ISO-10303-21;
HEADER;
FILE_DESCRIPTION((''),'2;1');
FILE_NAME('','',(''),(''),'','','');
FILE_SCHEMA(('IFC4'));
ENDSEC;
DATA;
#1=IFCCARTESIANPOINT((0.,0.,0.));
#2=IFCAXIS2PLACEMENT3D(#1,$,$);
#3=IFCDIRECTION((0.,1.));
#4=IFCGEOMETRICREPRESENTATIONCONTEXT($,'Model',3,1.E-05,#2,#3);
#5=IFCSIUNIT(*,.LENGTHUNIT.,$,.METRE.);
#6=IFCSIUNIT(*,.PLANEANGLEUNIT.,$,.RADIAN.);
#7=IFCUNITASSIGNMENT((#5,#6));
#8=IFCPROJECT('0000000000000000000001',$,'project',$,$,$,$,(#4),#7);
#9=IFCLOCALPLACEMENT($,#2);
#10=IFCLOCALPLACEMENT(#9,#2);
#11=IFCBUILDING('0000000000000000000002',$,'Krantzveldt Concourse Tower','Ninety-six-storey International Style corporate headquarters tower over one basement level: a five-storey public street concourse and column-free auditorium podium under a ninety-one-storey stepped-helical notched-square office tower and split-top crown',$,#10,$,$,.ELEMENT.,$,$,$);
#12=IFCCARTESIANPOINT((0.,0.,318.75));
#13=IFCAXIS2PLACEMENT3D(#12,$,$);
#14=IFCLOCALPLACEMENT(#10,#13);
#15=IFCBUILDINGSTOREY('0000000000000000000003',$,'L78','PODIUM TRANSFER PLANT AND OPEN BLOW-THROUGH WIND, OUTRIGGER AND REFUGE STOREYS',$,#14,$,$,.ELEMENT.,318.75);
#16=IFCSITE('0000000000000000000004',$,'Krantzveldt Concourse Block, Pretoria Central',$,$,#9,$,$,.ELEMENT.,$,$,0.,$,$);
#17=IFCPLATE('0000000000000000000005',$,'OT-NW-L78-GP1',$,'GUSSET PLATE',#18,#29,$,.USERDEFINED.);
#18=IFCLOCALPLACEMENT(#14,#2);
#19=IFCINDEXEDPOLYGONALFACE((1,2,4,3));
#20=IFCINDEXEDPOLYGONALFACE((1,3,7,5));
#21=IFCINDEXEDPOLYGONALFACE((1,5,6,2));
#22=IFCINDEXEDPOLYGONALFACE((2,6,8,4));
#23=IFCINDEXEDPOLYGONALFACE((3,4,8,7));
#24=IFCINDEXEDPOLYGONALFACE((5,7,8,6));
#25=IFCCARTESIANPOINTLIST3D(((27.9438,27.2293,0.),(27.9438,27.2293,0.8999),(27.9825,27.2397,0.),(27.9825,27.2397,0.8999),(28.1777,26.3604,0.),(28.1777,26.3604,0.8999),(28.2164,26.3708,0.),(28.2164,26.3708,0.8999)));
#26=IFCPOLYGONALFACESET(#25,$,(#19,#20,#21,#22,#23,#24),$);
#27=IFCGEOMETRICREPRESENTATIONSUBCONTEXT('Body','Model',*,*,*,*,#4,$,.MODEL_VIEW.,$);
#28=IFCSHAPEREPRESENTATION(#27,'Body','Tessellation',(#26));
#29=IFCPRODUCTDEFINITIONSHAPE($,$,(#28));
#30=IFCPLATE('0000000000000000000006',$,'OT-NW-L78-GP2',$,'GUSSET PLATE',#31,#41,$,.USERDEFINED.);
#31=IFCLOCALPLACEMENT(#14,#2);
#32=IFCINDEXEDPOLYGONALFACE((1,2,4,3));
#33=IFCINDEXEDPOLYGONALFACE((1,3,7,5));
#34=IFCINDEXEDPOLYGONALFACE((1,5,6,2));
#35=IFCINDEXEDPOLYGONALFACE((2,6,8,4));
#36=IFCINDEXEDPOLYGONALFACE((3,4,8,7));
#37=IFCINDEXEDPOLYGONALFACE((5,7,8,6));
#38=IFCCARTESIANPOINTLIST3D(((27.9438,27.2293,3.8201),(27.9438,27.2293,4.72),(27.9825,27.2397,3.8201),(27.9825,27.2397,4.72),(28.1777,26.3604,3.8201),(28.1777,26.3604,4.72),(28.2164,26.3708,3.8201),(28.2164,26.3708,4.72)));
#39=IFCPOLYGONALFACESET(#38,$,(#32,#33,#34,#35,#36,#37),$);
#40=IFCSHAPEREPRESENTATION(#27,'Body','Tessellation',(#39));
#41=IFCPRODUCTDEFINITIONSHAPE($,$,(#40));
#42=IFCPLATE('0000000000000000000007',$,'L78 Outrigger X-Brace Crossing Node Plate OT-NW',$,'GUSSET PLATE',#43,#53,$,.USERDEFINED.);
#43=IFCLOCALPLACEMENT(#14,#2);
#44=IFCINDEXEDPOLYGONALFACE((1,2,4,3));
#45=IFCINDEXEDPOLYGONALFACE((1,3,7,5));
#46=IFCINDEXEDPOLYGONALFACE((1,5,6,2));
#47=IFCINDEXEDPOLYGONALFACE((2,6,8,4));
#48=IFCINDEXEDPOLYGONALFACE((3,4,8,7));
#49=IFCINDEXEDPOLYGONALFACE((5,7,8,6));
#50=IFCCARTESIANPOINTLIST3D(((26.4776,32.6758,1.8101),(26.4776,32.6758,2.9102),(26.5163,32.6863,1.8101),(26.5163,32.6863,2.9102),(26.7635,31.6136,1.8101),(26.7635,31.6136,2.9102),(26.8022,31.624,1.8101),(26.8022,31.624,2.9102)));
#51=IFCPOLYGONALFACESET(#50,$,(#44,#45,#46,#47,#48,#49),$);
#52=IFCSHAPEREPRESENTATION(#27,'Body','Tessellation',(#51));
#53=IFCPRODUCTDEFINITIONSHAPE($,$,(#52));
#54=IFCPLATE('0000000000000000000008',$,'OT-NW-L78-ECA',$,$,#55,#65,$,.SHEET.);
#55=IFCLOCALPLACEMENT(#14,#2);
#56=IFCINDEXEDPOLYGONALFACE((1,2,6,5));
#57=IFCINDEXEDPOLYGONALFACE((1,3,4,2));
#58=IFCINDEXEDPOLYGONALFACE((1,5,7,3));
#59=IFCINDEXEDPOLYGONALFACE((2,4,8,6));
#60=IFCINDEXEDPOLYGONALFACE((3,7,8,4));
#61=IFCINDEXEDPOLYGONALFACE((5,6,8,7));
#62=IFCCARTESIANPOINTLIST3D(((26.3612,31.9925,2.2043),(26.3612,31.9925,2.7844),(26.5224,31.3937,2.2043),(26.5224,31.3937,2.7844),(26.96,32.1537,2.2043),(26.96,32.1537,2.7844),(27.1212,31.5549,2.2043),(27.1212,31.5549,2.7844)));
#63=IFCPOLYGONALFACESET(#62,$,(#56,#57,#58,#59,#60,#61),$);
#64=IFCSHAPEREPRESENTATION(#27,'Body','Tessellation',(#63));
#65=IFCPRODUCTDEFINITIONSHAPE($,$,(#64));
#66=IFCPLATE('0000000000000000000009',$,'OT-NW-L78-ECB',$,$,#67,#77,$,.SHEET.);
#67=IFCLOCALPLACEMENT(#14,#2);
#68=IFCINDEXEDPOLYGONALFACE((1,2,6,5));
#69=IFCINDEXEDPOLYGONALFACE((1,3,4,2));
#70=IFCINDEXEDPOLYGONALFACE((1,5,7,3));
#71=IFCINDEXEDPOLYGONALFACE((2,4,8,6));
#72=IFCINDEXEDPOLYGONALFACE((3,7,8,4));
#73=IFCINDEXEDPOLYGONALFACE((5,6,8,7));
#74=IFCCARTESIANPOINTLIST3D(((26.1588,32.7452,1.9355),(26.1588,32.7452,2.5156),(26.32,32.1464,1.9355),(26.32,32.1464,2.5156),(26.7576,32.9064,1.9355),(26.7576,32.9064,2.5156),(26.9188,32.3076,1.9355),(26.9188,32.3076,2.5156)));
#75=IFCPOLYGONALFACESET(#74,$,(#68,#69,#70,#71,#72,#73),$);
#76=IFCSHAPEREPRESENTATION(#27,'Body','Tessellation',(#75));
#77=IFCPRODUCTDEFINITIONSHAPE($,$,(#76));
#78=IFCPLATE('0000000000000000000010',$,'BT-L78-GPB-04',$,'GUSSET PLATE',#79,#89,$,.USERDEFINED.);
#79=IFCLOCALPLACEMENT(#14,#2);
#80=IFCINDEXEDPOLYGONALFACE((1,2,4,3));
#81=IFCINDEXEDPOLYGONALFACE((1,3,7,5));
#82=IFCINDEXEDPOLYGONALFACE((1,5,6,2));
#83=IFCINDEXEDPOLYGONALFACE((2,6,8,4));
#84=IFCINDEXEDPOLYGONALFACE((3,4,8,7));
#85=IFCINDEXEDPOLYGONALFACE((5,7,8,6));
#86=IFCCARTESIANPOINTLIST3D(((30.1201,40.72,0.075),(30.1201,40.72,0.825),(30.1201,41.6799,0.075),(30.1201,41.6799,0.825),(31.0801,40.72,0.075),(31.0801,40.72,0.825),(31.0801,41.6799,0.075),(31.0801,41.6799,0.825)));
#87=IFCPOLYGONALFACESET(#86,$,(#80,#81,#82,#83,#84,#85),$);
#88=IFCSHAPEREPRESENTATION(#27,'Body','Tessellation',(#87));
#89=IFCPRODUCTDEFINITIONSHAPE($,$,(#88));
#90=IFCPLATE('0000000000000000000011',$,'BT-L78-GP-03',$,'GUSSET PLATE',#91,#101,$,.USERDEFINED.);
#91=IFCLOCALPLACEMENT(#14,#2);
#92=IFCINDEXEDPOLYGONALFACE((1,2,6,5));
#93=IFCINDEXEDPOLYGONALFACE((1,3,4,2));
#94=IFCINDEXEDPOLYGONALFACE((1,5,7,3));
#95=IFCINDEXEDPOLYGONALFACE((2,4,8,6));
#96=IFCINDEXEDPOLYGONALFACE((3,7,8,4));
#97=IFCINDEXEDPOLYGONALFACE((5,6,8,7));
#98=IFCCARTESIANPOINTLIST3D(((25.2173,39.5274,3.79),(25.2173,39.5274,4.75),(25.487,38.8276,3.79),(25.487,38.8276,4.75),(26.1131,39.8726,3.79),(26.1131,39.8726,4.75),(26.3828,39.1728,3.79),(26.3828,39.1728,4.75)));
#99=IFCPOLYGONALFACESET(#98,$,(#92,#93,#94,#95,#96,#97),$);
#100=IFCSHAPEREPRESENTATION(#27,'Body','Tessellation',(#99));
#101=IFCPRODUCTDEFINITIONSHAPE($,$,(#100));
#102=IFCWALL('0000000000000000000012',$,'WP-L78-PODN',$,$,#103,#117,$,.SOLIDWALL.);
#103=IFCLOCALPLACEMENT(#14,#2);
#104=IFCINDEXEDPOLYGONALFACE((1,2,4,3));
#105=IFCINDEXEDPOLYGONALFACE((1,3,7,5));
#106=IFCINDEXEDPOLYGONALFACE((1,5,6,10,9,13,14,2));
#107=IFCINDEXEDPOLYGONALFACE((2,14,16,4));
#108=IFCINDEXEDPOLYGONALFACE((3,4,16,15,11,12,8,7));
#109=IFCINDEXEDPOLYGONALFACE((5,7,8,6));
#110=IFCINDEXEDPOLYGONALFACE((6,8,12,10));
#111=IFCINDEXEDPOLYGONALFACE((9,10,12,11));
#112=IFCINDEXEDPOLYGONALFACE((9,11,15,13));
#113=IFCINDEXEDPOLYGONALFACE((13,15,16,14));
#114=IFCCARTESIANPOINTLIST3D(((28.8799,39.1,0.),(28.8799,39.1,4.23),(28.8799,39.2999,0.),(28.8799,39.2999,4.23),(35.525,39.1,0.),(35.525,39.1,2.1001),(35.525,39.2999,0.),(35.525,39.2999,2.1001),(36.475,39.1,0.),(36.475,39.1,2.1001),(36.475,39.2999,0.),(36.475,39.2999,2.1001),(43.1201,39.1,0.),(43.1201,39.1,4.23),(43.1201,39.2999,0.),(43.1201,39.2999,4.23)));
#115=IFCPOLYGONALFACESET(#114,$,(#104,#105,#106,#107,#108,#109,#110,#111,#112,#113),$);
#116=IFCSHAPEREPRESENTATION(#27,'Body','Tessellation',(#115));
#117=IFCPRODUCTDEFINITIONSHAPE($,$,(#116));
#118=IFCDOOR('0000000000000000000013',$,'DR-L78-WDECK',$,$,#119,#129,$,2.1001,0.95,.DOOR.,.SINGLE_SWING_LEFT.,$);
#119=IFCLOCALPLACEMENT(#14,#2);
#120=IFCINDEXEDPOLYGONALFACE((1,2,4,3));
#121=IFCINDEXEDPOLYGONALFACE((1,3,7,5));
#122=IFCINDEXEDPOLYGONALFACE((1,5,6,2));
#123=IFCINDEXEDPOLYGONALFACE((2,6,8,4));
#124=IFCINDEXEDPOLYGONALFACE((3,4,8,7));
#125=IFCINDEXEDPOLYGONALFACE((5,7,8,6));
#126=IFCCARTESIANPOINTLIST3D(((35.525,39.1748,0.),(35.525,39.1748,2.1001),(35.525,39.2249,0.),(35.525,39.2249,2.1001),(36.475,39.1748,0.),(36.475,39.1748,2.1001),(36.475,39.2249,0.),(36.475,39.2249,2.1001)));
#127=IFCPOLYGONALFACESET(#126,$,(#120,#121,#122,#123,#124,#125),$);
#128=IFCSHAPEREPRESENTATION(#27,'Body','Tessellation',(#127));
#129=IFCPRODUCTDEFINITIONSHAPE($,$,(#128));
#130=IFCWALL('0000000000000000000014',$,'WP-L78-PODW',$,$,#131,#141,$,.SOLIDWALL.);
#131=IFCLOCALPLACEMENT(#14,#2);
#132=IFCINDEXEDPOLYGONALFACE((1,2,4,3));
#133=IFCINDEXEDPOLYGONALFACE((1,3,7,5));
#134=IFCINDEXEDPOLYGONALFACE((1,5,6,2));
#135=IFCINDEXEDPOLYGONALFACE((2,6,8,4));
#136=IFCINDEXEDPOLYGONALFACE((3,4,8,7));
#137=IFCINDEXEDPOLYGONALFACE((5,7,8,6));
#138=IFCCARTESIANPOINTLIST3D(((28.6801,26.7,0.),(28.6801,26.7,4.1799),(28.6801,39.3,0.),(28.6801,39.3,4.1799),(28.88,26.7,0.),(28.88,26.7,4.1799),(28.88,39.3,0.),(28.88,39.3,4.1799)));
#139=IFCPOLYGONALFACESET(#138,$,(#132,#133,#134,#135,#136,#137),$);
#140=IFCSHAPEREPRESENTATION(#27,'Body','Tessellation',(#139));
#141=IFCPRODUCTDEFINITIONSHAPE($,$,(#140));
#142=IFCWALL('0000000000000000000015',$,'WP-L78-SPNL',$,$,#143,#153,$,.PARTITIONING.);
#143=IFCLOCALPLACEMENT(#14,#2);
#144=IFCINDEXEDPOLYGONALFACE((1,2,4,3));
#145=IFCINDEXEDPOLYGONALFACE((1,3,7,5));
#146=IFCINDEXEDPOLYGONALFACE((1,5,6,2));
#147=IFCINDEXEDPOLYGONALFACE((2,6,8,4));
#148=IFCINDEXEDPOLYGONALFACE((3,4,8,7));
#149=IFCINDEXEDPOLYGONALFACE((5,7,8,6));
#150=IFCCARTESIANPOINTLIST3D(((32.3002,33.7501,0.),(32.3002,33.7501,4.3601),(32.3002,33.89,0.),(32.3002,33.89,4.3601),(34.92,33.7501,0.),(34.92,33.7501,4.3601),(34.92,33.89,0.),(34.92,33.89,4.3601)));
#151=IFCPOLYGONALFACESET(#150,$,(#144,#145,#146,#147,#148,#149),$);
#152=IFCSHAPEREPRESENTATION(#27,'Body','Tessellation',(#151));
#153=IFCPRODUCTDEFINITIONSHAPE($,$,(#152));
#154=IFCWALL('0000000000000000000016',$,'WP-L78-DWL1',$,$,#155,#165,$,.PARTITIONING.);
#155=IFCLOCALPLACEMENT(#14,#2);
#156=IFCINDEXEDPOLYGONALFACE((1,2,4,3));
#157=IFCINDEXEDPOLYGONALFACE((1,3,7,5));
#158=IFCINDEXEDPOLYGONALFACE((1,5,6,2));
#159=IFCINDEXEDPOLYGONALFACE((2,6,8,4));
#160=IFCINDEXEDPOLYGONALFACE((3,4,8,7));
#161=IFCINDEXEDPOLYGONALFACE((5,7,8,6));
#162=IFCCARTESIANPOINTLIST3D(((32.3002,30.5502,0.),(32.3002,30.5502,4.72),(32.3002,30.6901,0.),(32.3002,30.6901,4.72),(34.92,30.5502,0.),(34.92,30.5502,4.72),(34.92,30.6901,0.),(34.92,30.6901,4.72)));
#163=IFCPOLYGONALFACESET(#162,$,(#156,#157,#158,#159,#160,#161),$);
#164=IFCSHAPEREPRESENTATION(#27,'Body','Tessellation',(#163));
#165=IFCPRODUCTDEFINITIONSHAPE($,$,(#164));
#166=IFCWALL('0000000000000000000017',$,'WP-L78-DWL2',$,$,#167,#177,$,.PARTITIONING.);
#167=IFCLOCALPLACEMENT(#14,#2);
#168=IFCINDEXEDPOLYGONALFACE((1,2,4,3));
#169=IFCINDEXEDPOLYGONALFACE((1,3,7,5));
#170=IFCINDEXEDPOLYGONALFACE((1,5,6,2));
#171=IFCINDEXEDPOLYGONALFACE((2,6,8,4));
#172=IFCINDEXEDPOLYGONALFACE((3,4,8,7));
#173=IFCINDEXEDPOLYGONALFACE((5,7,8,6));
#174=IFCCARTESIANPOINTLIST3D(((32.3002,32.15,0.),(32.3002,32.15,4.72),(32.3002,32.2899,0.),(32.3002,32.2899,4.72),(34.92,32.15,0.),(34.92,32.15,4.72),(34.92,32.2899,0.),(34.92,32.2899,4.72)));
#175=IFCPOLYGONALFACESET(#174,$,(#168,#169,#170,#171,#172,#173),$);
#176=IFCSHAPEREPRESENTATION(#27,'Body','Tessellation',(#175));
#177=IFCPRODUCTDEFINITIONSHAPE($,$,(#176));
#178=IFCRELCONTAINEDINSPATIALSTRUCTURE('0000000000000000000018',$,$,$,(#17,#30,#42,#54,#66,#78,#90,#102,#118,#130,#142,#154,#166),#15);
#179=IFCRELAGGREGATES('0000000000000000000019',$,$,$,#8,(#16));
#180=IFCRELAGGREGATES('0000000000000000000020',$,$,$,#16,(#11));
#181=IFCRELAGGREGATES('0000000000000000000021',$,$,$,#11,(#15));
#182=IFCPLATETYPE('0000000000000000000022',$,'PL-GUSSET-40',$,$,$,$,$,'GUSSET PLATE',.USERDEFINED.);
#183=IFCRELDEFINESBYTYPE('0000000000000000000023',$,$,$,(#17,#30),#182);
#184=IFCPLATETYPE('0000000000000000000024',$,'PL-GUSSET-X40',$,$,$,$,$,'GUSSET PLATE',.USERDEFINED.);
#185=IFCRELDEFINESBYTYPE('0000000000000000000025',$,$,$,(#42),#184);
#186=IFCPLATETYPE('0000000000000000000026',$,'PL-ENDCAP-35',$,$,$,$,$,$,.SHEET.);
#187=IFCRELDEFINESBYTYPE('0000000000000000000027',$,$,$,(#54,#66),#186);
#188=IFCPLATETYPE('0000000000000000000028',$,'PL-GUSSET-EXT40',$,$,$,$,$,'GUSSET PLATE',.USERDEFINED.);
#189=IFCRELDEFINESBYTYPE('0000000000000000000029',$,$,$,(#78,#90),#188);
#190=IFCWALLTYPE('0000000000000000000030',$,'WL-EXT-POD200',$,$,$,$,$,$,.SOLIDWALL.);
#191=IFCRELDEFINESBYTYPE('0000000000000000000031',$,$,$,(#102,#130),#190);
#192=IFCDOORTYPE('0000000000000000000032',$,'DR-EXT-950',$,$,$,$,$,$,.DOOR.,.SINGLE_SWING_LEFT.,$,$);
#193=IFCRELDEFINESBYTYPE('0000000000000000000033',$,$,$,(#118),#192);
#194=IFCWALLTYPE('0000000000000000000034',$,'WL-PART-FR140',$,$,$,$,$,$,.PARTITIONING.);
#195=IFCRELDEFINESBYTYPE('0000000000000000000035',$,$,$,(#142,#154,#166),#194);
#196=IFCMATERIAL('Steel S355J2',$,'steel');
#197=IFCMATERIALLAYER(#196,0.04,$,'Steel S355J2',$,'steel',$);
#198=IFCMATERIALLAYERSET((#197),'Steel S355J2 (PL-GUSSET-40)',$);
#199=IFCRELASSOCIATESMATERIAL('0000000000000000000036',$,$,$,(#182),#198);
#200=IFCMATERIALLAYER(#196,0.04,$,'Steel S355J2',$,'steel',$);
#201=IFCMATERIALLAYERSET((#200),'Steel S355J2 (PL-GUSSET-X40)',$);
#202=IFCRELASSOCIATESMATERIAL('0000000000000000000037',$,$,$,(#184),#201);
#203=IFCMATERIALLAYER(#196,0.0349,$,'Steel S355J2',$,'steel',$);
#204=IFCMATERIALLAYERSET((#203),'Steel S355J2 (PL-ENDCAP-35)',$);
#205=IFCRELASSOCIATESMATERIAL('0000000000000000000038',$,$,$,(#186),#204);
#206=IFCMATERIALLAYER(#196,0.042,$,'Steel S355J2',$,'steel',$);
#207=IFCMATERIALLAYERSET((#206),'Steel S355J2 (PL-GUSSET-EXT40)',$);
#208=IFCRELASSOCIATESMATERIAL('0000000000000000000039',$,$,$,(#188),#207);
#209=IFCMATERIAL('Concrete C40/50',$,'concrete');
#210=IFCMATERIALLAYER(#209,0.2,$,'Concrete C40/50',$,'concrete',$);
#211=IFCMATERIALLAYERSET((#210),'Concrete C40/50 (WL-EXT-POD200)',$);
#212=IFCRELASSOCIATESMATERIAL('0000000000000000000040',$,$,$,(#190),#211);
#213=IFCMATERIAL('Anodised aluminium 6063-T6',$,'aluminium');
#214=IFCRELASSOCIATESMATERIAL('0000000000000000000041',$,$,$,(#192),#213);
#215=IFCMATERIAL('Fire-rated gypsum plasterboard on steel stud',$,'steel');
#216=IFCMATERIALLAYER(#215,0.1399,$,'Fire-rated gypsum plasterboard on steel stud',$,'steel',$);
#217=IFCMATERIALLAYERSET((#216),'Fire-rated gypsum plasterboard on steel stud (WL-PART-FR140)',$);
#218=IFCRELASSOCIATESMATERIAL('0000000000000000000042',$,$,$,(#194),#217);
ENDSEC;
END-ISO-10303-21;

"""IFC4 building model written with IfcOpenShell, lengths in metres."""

from ifc_helpers import new_model, si_unit, direction, frame, frame_2d, origin, origin_2d, place, context, subcontext, project, spatial, rectangle, extrude, source, transform, mapped, material, layer, layer_set, type_object, type_shapes, element, fill, save


model = new_model("IFC4")

# Units and contexts
model_context = context("Model", 3, precision=1e-05, world=origin(), true_north=direction((0.0, 1.0)))
body_context = subcontext(model_context, "Body", "Model", "MODEL_VIEW")
ifc_project = project(units=[si_unit("LENGTHUNIT", "METRE"), si_unit("PLANEANGLEUNIT", "RADIAN")], contexts=[model_context])

# Site, building, storey
site_placement = place(None, origin())
site = spatial("IfcSite", under=ifc_project, at=site_placement, Name="Krantzveldt Concourse Block, Pretoria Central", CompositionType="ELEMENT", RefElevation=0.0)
building_placement = place(site_placement, origin())
building = spatial("IfcBuilding", under=site, at=building_placement, Name="Krantzveldt Concourse Tower", Description="Ninety-six-storey International Style corporate headquarters tower over one basement level: a five-storey public street concourse and column-free auditorium podium under a ninety-one-storey stepped-helical notched-square office tower and split-top crown", CompositionType="ELEMENT")
storey_placement = place(building_placement, frame((0.0, 0.0, 318.75)))
storey = spatial("IfcBuildingStorey", under=building, at=storey_placement, Name="L78", Description="PODIUM TRANSFER PLANT AND OPEN BLOW-THROUGH WIND, OUTRIGGER AND REFUGE STOREYS", CompositionType="ELEMENT", Elevation=318.75)

# Shared definitions
ifc_material_1 = material(Name="Steel S355J2", Category="steel")

# Plates
ifc_layer_1 = layer(ifc_material_1, 0.04, Name="Steel S355J2", Category="steel")
ifc_layer_set_1 = layer_set([ifc_layer_1], Name="Steel S355J2 (PL-GUSSET-40)")
plate_type_1 = type_object("IfcPlateType", Name="PL-GUSSET-40", ElementType="GUSSET PLATE", PredefinedType="USERDEFINED", material=ifc_layer_set_1)
shared_shape_1 = source(origin(), body_context, "Body", "SweptSolid", [
    extrude(rectangle(XDim=0.8999, YDim=0.04, at=origin_2d()), origin(), (0.0, 0.0, 1.0), 0.8999),
])
type_shapes(plate_type_1, [shared_shape_1])
for number, where, z_axis, x_axis, name in (
    (1, (28.0801, 26.8, 0.0), (0.0, 0.0, 1.0), (-0.259915, 0.965632, 0.0), "OT-NW-L78-GP1"),
    (2, (28.0801, 26.8, 3.8201), (0.0, 0.0, 1.0), (-0.259915, 0.965632, 0.0), "OT-NW-L78-GP2"),
):
    element("IfcPlate", number, at=place(storey_placement, frame(where, z_axis=z_axis, x_axis=x_axis)), inside=storey, type_object=plate_type_1, Name=name, ObjectType="GUSSET PLATE", PredefinedType="USERDEFINED", context=body_context, shape_type="MappedRepresentation", body=[
        mapped(shared_shape_1, transform((0.0, 0.0, 0.0), x_axis=(1.0, 0.0, 0.0), y_axis=(0.0, 1.0, 0.0), z_axis=(0.0, 0.0, 1.0), scale=1.0)),
    ])
ifc_layer_2 = layer(ifc_material_1, 0.04, Name="Steel S355J2", Category="steel")
ifc_layer_set_2 = layer_set([ifc_layer_2], Name="Steel S355J2 (PL-GUSSET-X40)")
plate_type_2 = type_object("IfcPlateType", Name="PL-GUSSET-X40", ElementType="GUSSET PLATE", PredefinedType="USERDEFINED", material=ifc_layer_set_2)
shared_shape_2 = source(origin(), body_context, "Body", "SweptSolid", [
    extrude(rectangle(XDim=1.1001, YDim=0.04, at=origin_2d()), origin(), (0.0, 0.0, 1.0), 1.1001),
])
type_shapes(plate_type_2, [shared_shape_2])
plate_1_placement = place(storey_placement, frame((26.6399, 32.1499, 1.8101), z_axis=(0.0, 0.0, 1.0), x_axis=(-0.259915, 0.965632, 0.0)))
element("IfcPlate", 3, at=plate_1_placement, inside=storey, type_object=plate_type_2, Name="L78 Outrigger X-Brace Crossing Node Plate OT-NW", ObjectType="GUSSET PLATE", PredefinedType="USERDEFINED", context=body_context, shape_type="MappedRepresentation", body=[
    mapped(shared_shape_2, transform((0.0, 0.0, 0.0), x_axis=(1.0, 0.0, 0.0), y_axis=(0.0, 1.0, 0.0), z_axis=(0.0, 0.0, 1.0), scale=1.0)),
])
ifc_layer_3 = layer(ifc_material_1, 0.0349, Name="Steel S355J2", Category="steel")
ifc_layer_set_3 = layer_set([ifc_layer_3], Name="Steel S355J2 (PL-ENDCAP-35)")
plate_type_3 = type_object("IfcPlateType", Name="PL-ENDCAP-35", PredefinedType="SHEET", material=ifc_layer_set_3)
shared_shape_3 = source(origin(), body_context, "Body", "SweptSolid", [
    extrude(rectangle(XDim=0.6201, YDim=0.6201, at=origin_2d()), origin(), (0.0, 0.0, 1.0), 0.5801),
])
type_shapes(plate_type_3, [shared_shape_3])
for number, where, z_axis, x_axis, name in (
    (4, (26.7412, 31.7737, 2.2043), (0.0, 0.0, 1.0), (-0.259915, 0.965632, 0.0), "OT-NW-L78-ECA"),
    (5, (26.5388, 32.5264, 1.9355), (0.0, 0.0, 1.0), (-0.259915, 0.965632, 0.0), "OT-NW-L78-ECB"),
):
    element("IfcPlate", number, at=place(storey_placement, frame(where, z_axis=z_axis, x_axis=x_axis)), inside=storey, type_object=plate_type_3, Name=name, PredefinedType="SHEET", context=body_context, shape_type="MappedRepresentation", body=[
        mapped(shared_shape_3, transform((0.0, 0.0, 0.0), x_axis=(1.0, 0.0, 0.0), y_axis=(0.0, 1.0, 0.0), z_axis=(0.0, 0.0, 1.0), scale=1.0)),
    ])
ifc_layer_4 = layer(ifc_material_1, 0.042, Name="Steel S355J2", Category="steel")
ifc_layer_set_4 = layer_set([ifc_layer_4], Name="Steel S355J2 (PL-GUSSET-EXT40)")
plate_type_4 = type_object("IfcPlateType", Name="PL-GUSSET-EXT40", ElementType="GUSSET PLATE", PredefinedType="USERDEFINED", material=ifc_layer_set_4)
shared_shape_4 = source(origin(), body_context, "Body", "SweptSolid", [
    extrude(rectangle(XDim=0.96, YDim=0.96, at=origin_2d()), origin(), (0.0, 0.0, 1.0), 0.75),
])
plate_2_placement = place(storey_placement, frame((30.6001, 41.2, 0.075), z_axis=(0.0, 0.0, 1.0), x_axis=(1.0, 0.0, 0.0)))
element("IfcPlate", 6, at=plate_2_placement, inside=storey, type_object=plate_type_4, Name="BT-L78-GPB-04", ObjectType="GUSSET PLATE", PredefinedType="USERDEFINED", context=body_context, shape_type="MappedRepresentation", body=[
    mapped(shared_shape_4, transform((0.0, 0.0, 0.0), x_axis=(1.0, 0.0, 0.0), y_axis=(0.0, 1.0, 0.0), z_axis=(0.0, 0.0, 1.0), scale=1.0)),
])
shared_shape_5 = source(origin(), body_context, "Body", "SweptSolid", [
    extrude(rectangle(XDim=0.96, YDim=0.75, at=origin_2d()), origin(), (0.0, 0.0, 1.0), 0.96),
])
type_shapes(plate_type_4, [shared_shape_4, shared_shape_5])
plate_3_placement = place(storey_placement, frame((25.8, 39.3501, 3.79), z_axis=(0.0, 0.0, 1.0), x_axis=(0.933098, 0.359622, 0.0)))
element("IfcPlate", 7, at=plate_3_placement, inside=storey, type_object=plate_type_4, Name="BT-L78-GP-03", ObjectType="GUSSET PLATE", PredefinedType="USERDEFINED", context=body_context, shape_type="MappedRepresentation", body=[
    mapped(shared_shape_5, transform((0.0, 0.0, 0.0), x_axis=(1.0, 0.0, 0.0), y_axis=(0.0, 1.0, 0.0), z_axis=(0.0, 0.0, 1.0), scale=1.0)),
])

# Wall, opening, door
ifc_material_2 = material(Name="Concrete C40/50", Category="concrete")
ifc_layer_5 = layer(ifc_material_2, 0.2, Name="Concrete C40/50", Category="concrete")
ifc_layer_set_5 = layer_set([ifc_layer_5], Name="Concrete C40/50 (WL-EXT-POD200)")
wall_type_1 = type_object("IfcWallType", Name="WL-EXT-POD200", PredefinedType="SOLIDWALL", material=ifc_layer_set_5)
wall_1_placement = place(storey_placement, frame((28.8799, 39.2, 0.0), z_axis=(0.0, 0.0, 1.0), x_axis=(1.0, 0.0, 0.0)))
wall_1 = element("IfcWall", 8, at=wall_1_placement, inside=storey, type_object=wall_type_1, Name="WP-L78-PODN", PredefinedType="SOLIDWALL", context=body_context, shape_type="SweptSolid", body=[
    extrude(rectangle(XDim=14.2402, YDim=0.2, at=frame_2d((7.1201, 0.0))), origin(), (0.0, 0.0, 1.0), 4.23),
])
opening_1_placement = place(wall_1_placement, frame((6.645, 0.0, 0.0)))
opening_1 = element("IfcOpeningElement", 9, at=opening_1_placement, cuts=wall_1, PredefinedType="OPENING", context=body_context, shape_type="SweptSolid", body=[
    extrude(rectangle(XDim=0.95, YDim=2.1001, at=frame_2d((0.4751, 1.05))), frame((0.0, 0.1099, 0.0), z_axis=(0.0, -1.0, 0.0), x_axis=(1.0, 0.0, 0.0)), (0.0, 0.0, 1.0), 0.22),
])
ifc_material_3 = material(Name="Anodised aluminium 6063-T6", Category="aluminium")
door_type_1 = type_object("IfcDoorType", Name="DR-EXT-950", OperationType="SINGLE_SWING_LEFT", PredefinedType="DOOR", material=ifc_material_3)
door_1_placement = place(opening_1_placement, origin())
door_1 = element("IfcDoor", 10, at=door_1_placement, inside=storey, type_object=door_type_1, Name="DR-L78-WDECK", OperationType="SINGLE_SWING_LEFT", OverallHeight=2.1001, OverallWidth=0.95, PredefinedType="DOOR", context=body_context, shape_type="SweptSolid", body=[
    extrude(rectangle(XDim=0.95, YDim=2.1001, at=frame_2d((0.4751, 1.05))), frame((0.0, 0.0249, 0.0), z_axis=(0.0, -1.0, 0.0), x_axis=(1.0, 0.0, 0.0)), (0.0, 0.0, 1.0), 0.05),
])
fill(opening_1, door_1)

# Walls
wall_2_placement = place(storey_placement, frame((28.78, 26.7, 0.0), z_axis=(0.0, 0.0, 1.0), x_axis=(0.0, 1.0, 0.0)))
element("IfcWall", 11, at=wall_2_placement, inside=storey, type_object=wall_type_1, Name="WP-L78-PODW", PredefinedType="SOLIDWALL", context=body_context, shape_type="SweptSolid", body=[
    extrude(rectangle(XDim=12.6001, YDim=0.2, at=frame_2d((6.3, 0.0))), origin(), (0.0, 0.0, 1.0), 4.1799),
])
ifc_material_4 = material(Name="Fire-rated gypsum plasterboard on steel stud", Category="steel")
ifc_layer_6 = layer(ifc_material_4, 0.1399, Name="Fire-rated gypsum plasterboard on steel stud", Category="steel")
ifc_layer_set_6 = layer_set([ifc_layer_6], Name="Fire-rated gypsum plasterboard on steel stud (WL-PART-FR140)")
wall_type_2 = type_object("IfcWallType", Name="WL-PART-FR140", PredefinedType="PARTITIONING", material=ifc_layer_set_6)
wall_3_placement = place(storey_placement, frame((32.3, 33.8201, 0.0), z_axis=(0.0, 0.0, 1.0), x_axis=(1.0, 0.0, 0.0)))
element("IfcWall", 12, at=wall_3_placement, inside=storey, type_object=wall_type_2, Name="WP-L78-SPNL", PredefinedType="PARTITIONING", context=body_context, shape_type="SweptSolid", body=[
    extrude(rectangle(XDim=2.6199, YDim=0.1399, at=frame_2d((1.3101, 0.0))), origin(), (0.0, 0.0, 1.0), 4.3601),
])
for number, where, z_axis, x_axis, name in (
    (13, (32.3, 30.6201, 0.0), (0.0, 0.0, 1.0), (1.0, 0.0, 0.0), "WP-L78-DWL1"),
    (14, (32.3, 32.22, 0.0), (0.0, 0.0, 1.0), (1.0, 0.0, 0.0), "WP-L78-DWL2"),
):
    element("IfcWall", number, at=place(storey_placement, frame(where, z_axis=z_axis, x_axis=x_axis)), inside=storey, type_object=wall_type_2, Name=name, PredefinedType="PARTITIONING", context=body_context, shape_type="SweptSolid", body=[
        extrude(rectangle(XDim=2.6199, YDim=0.1399, at=frame_2d((1.3101, 0.0))), origin(), (0.0, 0.0, 1.0), 4.72),
    ])

save(model, "model.ifc")
